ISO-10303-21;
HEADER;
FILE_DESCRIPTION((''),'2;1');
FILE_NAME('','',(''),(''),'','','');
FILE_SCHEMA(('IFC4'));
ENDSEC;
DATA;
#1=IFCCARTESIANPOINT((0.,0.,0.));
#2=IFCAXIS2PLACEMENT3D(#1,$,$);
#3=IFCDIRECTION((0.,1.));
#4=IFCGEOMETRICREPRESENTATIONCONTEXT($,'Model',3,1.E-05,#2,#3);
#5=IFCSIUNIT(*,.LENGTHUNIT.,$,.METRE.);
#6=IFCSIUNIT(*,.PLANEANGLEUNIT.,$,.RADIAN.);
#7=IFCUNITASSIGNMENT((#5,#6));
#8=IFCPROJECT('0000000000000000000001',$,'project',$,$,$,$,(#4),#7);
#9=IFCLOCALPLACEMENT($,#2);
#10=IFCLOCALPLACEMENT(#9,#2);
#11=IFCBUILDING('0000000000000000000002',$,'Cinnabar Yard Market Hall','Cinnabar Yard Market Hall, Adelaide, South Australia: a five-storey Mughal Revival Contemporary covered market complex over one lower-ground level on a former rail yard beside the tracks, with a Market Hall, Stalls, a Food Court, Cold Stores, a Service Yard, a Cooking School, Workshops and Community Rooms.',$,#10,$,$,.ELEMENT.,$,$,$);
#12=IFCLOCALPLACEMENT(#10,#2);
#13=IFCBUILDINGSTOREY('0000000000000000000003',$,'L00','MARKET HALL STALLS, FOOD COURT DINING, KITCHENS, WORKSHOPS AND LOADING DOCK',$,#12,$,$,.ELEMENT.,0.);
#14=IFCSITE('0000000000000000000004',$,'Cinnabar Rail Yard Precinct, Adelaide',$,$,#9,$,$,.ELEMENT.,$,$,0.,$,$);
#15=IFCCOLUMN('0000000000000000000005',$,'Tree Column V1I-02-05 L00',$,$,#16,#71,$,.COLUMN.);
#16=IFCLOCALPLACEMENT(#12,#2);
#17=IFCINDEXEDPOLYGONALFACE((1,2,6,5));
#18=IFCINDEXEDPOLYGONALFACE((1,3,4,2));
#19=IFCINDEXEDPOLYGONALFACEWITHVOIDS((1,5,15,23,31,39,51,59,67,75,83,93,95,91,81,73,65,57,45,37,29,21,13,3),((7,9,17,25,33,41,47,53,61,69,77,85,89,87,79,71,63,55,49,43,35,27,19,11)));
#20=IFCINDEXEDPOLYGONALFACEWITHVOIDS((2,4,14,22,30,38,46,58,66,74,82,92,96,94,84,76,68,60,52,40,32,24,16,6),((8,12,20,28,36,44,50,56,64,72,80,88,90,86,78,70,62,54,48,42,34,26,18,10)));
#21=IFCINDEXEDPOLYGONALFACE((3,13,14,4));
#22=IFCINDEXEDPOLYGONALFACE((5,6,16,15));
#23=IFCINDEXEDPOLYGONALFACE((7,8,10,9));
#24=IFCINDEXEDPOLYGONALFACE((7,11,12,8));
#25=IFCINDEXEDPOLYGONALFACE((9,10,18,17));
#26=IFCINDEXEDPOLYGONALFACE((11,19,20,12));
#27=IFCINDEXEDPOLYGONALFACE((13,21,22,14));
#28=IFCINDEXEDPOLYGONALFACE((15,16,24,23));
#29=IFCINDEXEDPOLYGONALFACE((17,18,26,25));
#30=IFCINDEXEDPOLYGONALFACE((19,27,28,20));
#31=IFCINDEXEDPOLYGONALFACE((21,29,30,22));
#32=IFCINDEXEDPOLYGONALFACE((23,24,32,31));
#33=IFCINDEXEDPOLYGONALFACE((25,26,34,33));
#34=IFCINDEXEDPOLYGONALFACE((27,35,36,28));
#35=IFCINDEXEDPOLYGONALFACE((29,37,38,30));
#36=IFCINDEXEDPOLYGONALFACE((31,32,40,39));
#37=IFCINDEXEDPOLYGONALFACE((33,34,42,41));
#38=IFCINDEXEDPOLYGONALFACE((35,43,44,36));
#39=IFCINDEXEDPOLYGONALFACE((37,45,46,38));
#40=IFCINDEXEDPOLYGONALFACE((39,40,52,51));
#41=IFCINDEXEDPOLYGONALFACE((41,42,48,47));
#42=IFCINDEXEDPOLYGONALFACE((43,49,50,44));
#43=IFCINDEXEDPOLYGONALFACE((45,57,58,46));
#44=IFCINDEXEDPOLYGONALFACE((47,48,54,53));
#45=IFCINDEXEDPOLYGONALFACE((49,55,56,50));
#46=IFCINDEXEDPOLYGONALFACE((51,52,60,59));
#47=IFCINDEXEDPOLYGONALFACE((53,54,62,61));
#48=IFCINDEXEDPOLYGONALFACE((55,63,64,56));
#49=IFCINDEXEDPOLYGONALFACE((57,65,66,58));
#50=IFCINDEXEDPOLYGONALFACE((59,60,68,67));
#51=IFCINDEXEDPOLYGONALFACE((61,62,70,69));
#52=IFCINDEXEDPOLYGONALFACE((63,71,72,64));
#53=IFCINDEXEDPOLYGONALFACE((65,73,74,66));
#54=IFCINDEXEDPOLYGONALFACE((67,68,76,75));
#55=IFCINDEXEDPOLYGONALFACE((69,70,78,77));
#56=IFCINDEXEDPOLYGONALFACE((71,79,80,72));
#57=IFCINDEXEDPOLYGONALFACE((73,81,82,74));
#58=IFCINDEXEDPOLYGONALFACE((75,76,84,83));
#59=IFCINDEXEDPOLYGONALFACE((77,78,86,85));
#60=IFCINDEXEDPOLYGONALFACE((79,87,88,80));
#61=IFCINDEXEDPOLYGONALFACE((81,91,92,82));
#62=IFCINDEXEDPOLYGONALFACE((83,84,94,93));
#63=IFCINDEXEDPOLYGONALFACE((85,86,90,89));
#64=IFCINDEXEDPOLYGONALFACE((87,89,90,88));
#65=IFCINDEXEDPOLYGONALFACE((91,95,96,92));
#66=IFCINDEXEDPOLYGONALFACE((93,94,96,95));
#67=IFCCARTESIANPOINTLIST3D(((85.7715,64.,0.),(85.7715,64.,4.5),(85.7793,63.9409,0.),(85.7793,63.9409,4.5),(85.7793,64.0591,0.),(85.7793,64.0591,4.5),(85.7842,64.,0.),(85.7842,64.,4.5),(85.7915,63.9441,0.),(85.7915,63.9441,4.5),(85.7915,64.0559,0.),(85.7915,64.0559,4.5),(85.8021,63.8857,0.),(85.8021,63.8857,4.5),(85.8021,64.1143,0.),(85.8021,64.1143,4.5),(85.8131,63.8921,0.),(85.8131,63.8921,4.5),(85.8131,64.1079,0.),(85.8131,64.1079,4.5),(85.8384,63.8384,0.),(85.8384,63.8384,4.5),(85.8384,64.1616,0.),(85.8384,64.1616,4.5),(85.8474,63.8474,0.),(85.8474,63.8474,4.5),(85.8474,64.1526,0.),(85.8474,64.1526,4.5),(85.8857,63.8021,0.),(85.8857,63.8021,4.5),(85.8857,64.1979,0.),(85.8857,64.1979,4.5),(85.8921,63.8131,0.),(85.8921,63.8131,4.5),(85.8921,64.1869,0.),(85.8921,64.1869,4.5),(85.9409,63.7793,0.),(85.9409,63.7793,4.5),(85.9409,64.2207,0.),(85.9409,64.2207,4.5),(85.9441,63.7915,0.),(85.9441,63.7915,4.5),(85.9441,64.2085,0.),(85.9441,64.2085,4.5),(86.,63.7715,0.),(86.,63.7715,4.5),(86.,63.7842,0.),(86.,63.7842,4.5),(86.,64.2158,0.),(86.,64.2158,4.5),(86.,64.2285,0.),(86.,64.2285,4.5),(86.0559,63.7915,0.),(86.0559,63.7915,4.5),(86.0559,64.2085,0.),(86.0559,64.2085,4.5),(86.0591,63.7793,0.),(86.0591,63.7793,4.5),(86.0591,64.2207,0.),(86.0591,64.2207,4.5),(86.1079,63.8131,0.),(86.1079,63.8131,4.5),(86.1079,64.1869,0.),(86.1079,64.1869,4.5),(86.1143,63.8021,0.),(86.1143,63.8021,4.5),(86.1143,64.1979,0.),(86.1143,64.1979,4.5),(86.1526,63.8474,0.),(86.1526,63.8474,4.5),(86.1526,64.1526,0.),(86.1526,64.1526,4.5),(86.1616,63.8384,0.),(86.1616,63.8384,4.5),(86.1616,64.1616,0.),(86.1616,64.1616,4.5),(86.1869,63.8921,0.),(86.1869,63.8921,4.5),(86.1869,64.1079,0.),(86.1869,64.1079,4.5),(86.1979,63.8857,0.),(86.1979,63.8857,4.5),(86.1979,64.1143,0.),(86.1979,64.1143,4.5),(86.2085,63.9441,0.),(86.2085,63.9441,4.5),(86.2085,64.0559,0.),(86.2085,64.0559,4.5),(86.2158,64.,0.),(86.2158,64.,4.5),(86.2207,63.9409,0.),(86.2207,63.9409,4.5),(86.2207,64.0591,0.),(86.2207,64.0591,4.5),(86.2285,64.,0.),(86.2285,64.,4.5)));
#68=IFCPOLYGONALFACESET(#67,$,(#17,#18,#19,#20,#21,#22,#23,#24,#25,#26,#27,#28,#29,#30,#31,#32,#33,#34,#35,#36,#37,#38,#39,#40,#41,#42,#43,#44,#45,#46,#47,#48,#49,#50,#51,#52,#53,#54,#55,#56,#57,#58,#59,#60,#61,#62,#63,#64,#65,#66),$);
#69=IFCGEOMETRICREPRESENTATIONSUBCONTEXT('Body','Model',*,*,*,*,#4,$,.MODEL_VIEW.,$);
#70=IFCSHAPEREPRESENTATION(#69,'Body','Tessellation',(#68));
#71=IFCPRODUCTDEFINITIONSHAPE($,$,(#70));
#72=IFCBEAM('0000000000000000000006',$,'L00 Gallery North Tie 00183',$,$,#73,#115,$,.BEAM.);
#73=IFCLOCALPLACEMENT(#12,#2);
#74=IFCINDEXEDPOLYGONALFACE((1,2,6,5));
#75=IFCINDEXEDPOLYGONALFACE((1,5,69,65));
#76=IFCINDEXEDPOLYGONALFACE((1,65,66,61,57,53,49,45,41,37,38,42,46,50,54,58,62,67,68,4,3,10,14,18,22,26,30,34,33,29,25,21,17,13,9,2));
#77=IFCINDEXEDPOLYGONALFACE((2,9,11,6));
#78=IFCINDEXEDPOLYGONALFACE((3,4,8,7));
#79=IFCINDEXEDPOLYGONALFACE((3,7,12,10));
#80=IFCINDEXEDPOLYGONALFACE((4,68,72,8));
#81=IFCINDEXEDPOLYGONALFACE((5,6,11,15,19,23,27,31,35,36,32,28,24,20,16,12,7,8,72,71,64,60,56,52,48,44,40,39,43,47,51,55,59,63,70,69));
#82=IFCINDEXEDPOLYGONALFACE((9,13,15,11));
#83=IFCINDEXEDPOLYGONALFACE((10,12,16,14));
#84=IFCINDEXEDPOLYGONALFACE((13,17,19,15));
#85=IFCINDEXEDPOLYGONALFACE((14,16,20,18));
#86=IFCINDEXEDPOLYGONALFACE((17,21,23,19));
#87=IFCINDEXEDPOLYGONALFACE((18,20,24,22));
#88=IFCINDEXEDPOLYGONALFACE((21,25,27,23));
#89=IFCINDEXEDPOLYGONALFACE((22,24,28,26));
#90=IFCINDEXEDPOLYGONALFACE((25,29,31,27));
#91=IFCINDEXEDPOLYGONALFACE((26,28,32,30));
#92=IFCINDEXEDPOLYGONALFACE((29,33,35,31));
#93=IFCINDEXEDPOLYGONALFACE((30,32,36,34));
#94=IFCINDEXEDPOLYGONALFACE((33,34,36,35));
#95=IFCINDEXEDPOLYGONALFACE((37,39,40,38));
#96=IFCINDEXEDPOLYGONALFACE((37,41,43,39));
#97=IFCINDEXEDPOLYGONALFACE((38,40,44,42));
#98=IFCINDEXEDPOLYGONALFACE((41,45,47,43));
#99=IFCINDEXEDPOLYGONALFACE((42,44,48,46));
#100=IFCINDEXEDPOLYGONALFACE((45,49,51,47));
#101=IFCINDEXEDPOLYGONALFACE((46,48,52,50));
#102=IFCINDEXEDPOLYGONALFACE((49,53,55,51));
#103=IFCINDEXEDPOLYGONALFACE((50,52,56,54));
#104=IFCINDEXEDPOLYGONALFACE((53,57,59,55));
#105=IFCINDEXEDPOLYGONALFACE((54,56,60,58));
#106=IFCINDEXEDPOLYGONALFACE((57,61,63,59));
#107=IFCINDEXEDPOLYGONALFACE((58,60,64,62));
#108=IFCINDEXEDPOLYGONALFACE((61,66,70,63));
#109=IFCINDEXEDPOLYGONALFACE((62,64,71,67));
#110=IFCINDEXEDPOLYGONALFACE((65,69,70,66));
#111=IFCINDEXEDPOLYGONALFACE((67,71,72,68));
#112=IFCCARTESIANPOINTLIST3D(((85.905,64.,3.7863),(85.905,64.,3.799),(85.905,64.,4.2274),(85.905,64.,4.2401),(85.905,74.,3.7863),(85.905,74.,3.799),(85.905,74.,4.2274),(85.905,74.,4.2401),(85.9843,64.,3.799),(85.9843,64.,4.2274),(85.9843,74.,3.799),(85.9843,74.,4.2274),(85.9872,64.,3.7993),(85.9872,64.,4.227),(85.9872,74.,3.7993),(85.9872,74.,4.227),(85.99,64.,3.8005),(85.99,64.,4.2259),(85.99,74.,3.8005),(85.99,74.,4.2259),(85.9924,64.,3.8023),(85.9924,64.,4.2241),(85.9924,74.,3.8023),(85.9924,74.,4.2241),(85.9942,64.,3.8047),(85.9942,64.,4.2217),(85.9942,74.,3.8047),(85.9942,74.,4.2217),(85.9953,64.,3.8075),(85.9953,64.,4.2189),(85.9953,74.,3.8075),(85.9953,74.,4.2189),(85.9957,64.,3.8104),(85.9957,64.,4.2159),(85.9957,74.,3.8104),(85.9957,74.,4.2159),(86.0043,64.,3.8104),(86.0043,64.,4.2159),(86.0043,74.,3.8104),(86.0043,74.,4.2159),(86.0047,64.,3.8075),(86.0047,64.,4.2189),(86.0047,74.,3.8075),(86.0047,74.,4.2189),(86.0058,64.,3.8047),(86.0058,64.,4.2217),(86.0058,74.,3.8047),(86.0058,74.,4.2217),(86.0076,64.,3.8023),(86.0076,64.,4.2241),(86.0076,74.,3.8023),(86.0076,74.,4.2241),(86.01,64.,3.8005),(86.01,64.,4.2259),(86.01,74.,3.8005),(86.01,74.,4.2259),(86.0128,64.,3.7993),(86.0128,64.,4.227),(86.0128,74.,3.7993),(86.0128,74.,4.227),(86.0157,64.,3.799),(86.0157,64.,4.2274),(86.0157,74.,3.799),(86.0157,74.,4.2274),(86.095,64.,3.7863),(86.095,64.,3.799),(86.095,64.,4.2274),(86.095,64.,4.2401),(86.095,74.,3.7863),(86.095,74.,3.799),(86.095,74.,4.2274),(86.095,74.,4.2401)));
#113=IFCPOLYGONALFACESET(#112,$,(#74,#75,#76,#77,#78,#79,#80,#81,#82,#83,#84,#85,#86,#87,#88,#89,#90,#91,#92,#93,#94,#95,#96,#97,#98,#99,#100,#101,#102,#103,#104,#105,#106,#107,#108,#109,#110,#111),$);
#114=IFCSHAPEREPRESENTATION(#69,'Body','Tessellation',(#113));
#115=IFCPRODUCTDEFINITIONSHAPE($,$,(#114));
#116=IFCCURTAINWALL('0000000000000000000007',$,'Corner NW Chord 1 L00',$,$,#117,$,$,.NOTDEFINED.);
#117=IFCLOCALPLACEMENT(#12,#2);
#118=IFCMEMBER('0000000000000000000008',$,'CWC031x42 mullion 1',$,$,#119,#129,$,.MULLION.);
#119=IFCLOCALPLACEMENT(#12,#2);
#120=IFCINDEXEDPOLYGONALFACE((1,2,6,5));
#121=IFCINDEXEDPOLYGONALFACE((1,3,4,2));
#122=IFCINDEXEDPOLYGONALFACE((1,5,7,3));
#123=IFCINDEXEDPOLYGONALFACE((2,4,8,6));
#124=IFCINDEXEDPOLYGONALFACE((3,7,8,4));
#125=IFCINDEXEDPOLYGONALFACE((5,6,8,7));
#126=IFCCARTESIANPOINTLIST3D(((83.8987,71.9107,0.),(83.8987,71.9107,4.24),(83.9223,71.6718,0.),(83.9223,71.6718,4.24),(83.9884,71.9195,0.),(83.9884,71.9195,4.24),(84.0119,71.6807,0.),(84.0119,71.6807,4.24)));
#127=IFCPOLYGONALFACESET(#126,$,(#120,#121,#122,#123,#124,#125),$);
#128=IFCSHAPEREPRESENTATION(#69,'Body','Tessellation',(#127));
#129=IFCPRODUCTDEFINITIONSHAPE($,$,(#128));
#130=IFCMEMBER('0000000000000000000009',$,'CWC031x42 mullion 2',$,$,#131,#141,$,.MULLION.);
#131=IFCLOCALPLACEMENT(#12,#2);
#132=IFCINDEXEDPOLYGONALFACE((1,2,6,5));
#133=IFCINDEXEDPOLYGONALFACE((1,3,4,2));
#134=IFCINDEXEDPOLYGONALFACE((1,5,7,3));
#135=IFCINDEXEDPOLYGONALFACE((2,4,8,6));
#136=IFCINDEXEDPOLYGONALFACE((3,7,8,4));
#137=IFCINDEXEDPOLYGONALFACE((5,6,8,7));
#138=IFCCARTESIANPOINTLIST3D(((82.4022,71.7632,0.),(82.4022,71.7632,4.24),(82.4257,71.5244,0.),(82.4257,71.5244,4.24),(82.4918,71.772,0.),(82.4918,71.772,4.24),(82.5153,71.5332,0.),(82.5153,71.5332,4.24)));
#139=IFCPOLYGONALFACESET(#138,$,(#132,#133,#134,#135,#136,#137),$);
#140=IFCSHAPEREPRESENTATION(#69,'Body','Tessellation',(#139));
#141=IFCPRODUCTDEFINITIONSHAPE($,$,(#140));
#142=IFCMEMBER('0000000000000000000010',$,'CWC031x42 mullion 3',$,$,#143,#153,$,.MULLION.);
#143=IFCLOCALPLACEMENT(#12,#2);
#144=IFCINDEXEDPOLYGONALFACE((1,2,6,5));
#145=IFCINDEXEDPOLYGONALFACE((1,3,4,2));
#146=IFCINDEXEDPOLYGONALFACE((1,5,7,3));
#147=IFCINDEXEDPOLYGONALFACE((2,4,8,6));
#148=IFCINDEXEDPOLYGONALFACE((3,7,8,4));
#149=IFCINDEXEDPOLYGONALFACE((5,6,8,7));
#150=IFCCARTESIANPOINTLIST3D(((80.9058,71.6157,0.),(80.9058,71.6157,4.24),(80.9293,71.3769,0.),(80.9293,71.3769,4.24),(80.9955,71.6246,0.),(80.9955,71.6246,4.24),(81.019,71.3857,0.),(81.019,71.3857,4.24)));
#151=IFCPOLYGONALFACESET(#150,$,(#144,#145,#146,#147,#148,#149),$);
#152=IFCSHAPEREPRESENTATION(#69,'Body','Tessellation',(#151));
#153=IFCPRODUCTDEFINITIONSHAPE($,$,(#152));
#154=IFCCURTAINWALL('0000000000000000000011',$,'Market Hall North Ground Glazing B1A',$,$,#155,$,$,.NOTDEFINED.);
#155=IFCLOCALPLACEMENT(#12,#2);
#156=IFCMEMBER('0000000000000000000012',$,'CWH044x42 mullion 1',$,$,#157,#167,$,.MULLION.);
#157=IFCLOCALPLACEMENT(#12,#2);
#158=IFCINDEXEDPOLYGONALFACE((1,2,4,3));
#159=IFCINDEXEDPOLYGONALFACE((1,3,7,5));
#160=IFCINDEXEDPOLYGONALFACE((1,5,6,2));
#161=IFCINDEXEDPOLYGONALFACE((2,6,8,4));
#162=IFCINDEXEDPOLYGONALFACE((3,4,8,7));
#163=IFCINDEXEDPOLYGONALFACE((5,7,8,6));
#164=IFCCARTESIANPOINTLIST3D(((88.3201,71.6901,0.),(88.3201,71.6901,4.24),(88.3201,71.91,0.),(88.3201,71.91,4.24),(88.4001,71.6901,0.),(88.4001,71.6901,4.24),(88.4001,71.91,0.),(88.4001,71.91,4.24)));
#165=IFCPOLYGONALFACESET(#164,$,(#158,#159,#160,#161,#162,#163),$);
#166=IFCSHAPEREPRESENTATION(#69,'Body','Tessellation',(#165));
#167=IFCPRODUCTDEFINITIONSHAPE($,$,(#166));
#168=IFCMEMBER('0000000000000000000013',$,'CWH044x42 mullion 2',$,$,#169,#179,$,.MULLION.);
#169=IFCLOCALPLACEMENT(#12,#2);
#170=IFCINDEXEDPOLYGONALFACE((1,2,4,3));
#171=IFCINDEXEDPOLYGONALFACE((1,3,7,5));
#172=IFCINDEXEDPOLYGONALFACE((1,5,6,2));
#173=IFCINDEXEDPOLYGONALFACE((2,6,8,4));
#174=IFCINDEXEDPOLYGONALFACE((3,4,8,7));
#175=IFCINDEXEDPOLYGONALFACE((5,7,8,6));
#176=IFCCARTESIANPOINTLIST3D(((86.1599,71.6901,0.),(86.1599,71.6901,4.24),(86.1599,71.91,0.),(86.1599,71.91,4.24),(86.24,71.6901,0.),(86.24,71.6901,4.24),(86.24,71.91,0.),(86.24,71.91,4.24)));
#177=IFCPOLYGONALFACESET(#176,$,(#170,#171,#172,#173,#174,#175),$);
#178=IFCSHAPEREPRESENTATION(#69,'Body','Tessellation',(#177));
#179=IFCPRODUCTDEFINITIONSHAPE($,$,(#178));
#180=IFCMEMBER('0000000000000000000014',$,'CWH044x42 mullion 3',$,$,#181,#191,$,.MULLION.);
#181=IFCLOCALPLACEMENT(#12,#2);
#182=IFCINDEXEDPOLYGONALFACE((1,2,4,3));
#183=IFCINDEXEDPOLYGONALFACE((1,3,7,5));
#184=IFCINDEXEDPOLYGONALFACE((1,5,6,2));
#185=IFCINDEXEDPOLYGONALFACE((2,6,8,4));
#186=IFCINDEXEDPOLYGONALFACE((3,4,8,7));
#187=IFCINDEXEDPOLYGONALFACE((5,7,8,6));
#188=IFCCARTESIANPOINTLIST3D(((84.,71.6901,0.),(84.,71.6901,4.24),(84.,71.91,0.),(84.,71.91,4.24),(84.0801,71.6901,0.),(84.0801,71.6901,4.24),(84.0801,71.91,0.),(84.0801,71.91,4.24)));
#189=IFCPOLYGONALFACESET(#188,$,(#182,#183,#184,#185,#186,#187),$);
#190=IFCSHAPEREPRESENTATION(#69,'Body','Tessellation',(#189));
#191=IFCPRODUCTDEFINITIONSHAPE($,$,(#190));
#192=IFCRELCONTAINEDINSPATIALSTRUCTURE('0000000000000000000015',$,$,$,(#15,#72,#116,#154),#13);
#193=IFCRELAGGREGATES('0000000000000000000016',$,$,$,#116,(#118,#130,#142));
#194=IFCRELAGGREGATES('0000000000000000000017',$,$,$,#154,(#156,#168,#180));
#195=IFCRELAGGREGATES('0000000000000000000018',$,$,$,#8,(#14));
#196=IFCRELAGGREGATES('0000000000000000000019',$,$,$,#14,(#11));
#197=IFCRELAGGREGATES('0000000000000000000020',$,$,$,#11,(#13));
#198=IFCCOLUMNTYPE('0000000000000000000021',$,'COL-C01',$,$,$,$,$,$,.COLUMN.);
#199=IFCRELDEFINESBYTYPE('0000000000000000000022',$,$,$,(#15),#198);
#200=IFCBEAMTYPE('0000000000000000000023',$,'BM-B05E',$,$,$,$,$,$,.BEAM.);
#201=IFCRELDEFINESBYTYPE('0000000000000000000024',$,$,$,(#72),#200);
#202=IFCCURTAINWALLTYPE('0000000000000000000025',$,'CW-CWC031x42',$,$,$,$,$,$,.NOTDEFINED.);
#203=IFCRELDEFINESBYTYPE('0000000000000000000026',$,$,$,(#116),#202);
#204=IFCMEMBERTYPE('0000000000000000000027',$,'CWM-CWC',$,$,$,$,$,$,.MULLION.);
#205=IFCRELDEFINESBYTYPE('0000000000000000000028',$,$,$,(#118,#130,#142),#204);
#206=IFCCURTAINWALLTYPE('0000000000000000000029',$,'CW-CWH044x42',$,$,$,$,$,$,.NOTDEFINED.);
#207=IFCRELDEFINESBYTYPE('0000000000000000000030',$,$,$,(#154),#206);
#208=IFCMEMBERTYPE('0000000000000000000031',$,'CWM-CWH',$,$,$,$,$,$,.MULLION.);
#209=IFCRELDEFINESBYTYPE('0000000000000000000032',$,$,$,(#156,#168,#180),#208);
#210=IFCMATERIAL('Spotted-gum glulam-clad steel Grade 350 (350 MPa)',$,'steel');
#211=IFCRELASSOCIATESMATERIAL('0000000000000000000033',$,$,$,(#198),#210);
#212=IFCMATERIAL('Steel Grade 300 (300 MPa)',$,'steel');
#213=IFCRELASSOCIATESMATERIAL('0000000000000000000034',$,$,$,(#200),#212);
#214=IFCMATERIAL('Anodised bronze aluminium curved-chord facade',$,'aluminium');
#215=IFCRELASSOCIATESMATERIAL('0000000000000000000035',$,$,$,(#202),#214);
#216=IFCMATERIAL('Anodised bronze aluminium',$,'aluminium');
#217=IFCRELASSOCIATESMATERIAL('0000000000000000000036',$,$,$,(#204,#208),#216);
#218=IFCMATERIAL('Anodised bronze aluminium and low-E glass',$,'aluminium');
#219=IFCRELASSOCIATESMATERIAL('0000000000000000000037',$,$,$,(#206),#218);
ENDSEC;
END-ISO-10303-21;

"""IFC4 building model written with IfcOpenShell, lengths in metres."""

from ifc_helpers import new_model, si_unit, direction, frame, origin, origin_2d_with_axis, place, context, subcontext, project, spatial, rectangle, hollow_circle, i_section, extrude, material, material_profile, profile_set, type_object, element, aggregate, save


model = new_model("IFC4")

# Units and contexts
model_context = context("Model", 3, precision=1e-05, world=origin(), true_north=direction((0.0, 1.0)))
body_context = subcontext(model_context, "Body", "Model", "MODEL_VIEW")
ifc_project = project(units=[si_unit("LENGTHUNIT", "METRE"), si_unit("PLANEANGLEUNIT", "RADIAN")], contexts=[model_context])

# Site, building, storey
site_placement = place(None, origin())
site = spatial("IfcSite", under=ifc_project, at=site_placement, Name="Cinnabar Rail Yard Precinct, Adelaide", CompositionType="ELEMENT", RefElevation=0.0)
building_placement = place(site_placement, origin())
building = spatial("IfcBuilding", under=site, at=building_placement, Name="Cinnabar Yard Market Hall", Description="Cinnabar Yard Market Hall, Adelaide, South Australia: a five-storey Mughal Revival Contemporary covered market complex over one lower-ground level on a former rail yard beside the tracks, with a Market Hall, Stalls, a Food Court, Cold Stores, a Service Yard, a Cooking School, Workshops and Community Rooms.", CompositionType="ELEMENT")
storey_placement = place(building_placement, origin())
storey = spatial("IfcBuildingStorey", under=building, at=storey_placement, Name="L00", Description="MARKET HALL STALLS, FOOD COURT DINING, KITCHENS, WORKSHOPS AND LOADING DOCK", CompositionType="ELEMENT", Elevation=0.0)

# Column
ifc_material_1 = material(Name="Spotted-gum glulam-clad steel Grade 350 (350 MPa)", Category="steel")
ifc_material_profile_1 = material_profile(ifc_material_1, hollow_circle(Radius=0.2285, WallThickness=0.0127, at=origin_2d_with_axis()), Name="457.0x12.7CHS")
ifc_profile_set_1 = profile_set([ifc_material_profile_1], Name="Spotted-gum glulam-clad steel Grade 350 (350 MPa)")
column_type = type_object("IfcColumnType", Name="COL-C01", PredefinedType="COLUMN", material=ifc_profile_set_1)
column_placement = place(storey_placement, frame((86.0, 64.0, 0.0), z_axis=(0.0, 0.0, 1.0), x_axis=(1.0, 0.0, 0.0)))
element("IfcColumn", 1, at=column_placement, inside=storey, type_object=column_type, Name="Tree Column V1I-02-05 L00", PredefinedType="COLUMN", context=body_context, shape_type="SweptSolid", body=[
    extrude(hollow_circle(Radius=0.2285, WallThickness=0.0127, at=origin_2d_with_axis()), origin(), (0.0, 0.0, 1.0), 4.5),
])

# Beam
ifc_material_2 = material(Name="Steel Grade 300 (300 MPa)", Category="steel")
ifc_material_profile_2 = material_profile(ifc_material_2, i_section(OverallWidth=0.1899, OverallDepth=0.4539, WebThickness=0.0085, FlangeThickness=0.0127, FilletRadius=0.0115, at=origin_2d_with_axis()), Name="460UB67.1")
ifc_profile_set_2 = profile_set([ifc_material_profile_2], Name="Steel Grade 300 (300 MPa)")
beam_type = type_object("IfcBeamType", Name="BM-B05E", PredefinedType="BEAM", material=ifc_profile_set_2)
beam_placement = place(storey_placement, frame((86.0, 64.0, 4.0132), z_axis=(0.0, 1.0, 0.0), x_axis=(-1.0, 0.0, 0.0)))
element("IfcBeam", 2, at=beam_placement, inside=storey, type_object=beam_type, Name="L00 Gallery North Tie 00183", PredefinedType="BEAM", context=body_context, shape_type="SweptSolid", body=[
    extrude(i_section(OverallWidth=0.1899, OverallDepth=0.4539, WebThickness=0.0085, FlangeThickness=0.0127, FilletRadius=0.0115, at=origin_2d_with_axis()), origin(), (0.0, 0.0, 1.0), 10.0),
])

# Curtain walls, members
ifc_material_3 = material(Name="Anodised bronze aluminium curved-chord facade", Category="aluminium")
curtain_wall_type_1 = type_object("IfcCurtainWallType", Name="CW-CWC031x42", PredefinedType="NOTDEFINED", material=ifc_material_3)
curtain_wall_1_placement = place(storey_placement, origin())
curtain_wall_1 = element("IfcCurtainWall", 3, at=curtain_wall_1_placement, inside=storey, type_object=curtain_wall_type_1, Name="Corner NW Chord 1 L00", PredefinedType="NOTDEFINED")
ifc_material_4 = material(Name="Anodised bronze aluminium", Category="aluminium")
ifc_material_profile_3 = material_profile(ifc_material_4, rectangle(XDim=0.24, YDim=0.0901, at=origin_2d_with_axis()), Name="MUL-CWC")
ifc_profile_set_3 = profile_set([ifc_material_profile_3], Name="Anodised bronze aluminium")
member_type_1 = type_object("IfcMemberType", Name="CWM-CWC", PredefinedType="MULLION", material=ifc_profile_set_3)
member_1_placement = place(storey_placement, frame((83.9553, 71.7957, 0.0), z_axis=(0.0, 0.0, 1.0), x_axis=(0.09802, -0.995184, 0.0)))
member_1 = element("IfcMember", 4, at=member_1_placement, type_object=member_type_1, Name="CWC031x42 mullion 1", PredefinedType="MULLION", context=body_context, shape_type="SweptSolid", body=[
    extrude(rectangle(XDim=0.24, YDim=0.0901, at=origin_2d_with_axis()), origin(), (0.0, 0.0, 1.0), 4.24),
])
member_2_placement = place(storey_placement, frame((82.4587, 71.6482, 0.0), z_axis=(0.0, 0.0, 1.0), x_axis=(0.09802, -0.995184, 0.0)))
member_2 = element("IfcMember", 5, at=member_2_placement, type_object=member_type_1, Name="CWC031x42 mullion 2", PredefinedType="MULLION", context=body_context, shape_type="SweptSolid", body=[
    extrude(rectangle(XDim=0.24, YDim=0.0901, at=origin_2d_with_axis()), origin(), (0.0, 0.0, 1.0), 4.24),
])
member_3_placement = place(storey_placement, frame((80.9624, 71.5007, 0.0), z_axis=(0.0, 0.0, 1.0), x_axis=(0.09802, -0.995184, 0.0)))
member_3 = element("IfcMember", 6, at=member_3_placement, type_object=member_type_1, Name="CWC031x42 mullion 3", PredefinedType="MULLION", context=body_context, shape_type="SweptSolid", body=[
    extrude(rectangle(XDim=0.24, YDim=0.0901, at=origin_2d_with_axis()), origin(), (0.0, 0.0, 1.0), 4.24),
])
ifc_material_5 = material(Name="Anodised bronze aluminium and low-E glass", Category="aluminium")
curtain_wall_type_2 = type_object("IfcCurtainWallType", Name="CW-CWH044x42", PredefinedType="NOTDEFINED", material=ifc_material_5)
curtain_wall_2_placement = place(storey_placement, origin())
curtain_wall_2 = element("IfcCurtainWall", 7, at=curtain_wall_2_placement, inside=storey, type_object=curtain_wall_type_2, Name="Market Hall North Ground Glazing B1A", PredefinedType="NOTDEFINED")
ifc_material_profile_4 = material_profile(ifc_material_4, rectangle(XDim=0.22, YDim=0.0801, at=origin_2d_with_axis()), Name="MUL-CWH")
ifc_profile_set_4 = profile_set([ifc_material_profile_4], Name="Anodised bronze aluminium")
member_type_2 = type_object("IfcMemberType", Name="CWM-CWH", PredefinedType="MULLION", material=ifc_profile_set_4)
member_4_placement = place(storey_placement, frame((88.3601, 71.8, 0.0), z_axis=(0.0, 0.0, 1.0), x_axis=(0.0, -1.0, 0.0)))
member_4 = element("IfcMember", 8, at=member_4_placement, type_object=member_type_2, Name="CWH044x42 mullion 1", PredefinedType="MULLION", context=body_context, shape_type="SweptSolid", body=[
    extrude(rectangle(XDim=0.22, YDim=0.0801, at=origin_2d_with_axis()), origin(), (0.0, 0.0, 1.0), 4.24),
])
member_5_placement = place(storey_placement, frame((86.2, 71.8, 0.0), z_axis=(0.0, 0.0, 1.0), x_axis=(0.0, -1.0, 0.0)))
member_5 = element("IfcMember", 9, at=member_5_placement, type_object=member_type_2, Name="CWH044x42 mullion 2", PredefinedType="MULLION", context=body_context, shape_type="SweptSolid", body=[
    extrude(rectangle(XDim=0.22, YDim=0.0801, at=origin_2d_with_axis()), origin(), (0.0, 0.0, 1.0), 4.24),
])
member_6_placement = place(storey_placement, frame((84.04, 71.8, 0.0), z_axis=(0.0, 0.0, 1.0), x_axis=(0.0, -1.0, 0.0)))
member_6 = element("IfcMember", 10, at=member_6_placement, type_object=member_type_2, Name="CWH044x42 mullion 3", PredefinedType="MULLION", context=body_context, shape_type="SweptSolid", body=[
    extrude(rectangle(XDim=0.22, YDim=0.0801, at=origin_2d_with_axis()), origin(), (0.0, 0.0, 1.0), 4.24),
])

aggregate(curtain_wall_1, [member_1, member_2, member_3])
aggregate(curtain_wall_2, [member_4, member_5, member_6])

save(model, "model.ifc")
